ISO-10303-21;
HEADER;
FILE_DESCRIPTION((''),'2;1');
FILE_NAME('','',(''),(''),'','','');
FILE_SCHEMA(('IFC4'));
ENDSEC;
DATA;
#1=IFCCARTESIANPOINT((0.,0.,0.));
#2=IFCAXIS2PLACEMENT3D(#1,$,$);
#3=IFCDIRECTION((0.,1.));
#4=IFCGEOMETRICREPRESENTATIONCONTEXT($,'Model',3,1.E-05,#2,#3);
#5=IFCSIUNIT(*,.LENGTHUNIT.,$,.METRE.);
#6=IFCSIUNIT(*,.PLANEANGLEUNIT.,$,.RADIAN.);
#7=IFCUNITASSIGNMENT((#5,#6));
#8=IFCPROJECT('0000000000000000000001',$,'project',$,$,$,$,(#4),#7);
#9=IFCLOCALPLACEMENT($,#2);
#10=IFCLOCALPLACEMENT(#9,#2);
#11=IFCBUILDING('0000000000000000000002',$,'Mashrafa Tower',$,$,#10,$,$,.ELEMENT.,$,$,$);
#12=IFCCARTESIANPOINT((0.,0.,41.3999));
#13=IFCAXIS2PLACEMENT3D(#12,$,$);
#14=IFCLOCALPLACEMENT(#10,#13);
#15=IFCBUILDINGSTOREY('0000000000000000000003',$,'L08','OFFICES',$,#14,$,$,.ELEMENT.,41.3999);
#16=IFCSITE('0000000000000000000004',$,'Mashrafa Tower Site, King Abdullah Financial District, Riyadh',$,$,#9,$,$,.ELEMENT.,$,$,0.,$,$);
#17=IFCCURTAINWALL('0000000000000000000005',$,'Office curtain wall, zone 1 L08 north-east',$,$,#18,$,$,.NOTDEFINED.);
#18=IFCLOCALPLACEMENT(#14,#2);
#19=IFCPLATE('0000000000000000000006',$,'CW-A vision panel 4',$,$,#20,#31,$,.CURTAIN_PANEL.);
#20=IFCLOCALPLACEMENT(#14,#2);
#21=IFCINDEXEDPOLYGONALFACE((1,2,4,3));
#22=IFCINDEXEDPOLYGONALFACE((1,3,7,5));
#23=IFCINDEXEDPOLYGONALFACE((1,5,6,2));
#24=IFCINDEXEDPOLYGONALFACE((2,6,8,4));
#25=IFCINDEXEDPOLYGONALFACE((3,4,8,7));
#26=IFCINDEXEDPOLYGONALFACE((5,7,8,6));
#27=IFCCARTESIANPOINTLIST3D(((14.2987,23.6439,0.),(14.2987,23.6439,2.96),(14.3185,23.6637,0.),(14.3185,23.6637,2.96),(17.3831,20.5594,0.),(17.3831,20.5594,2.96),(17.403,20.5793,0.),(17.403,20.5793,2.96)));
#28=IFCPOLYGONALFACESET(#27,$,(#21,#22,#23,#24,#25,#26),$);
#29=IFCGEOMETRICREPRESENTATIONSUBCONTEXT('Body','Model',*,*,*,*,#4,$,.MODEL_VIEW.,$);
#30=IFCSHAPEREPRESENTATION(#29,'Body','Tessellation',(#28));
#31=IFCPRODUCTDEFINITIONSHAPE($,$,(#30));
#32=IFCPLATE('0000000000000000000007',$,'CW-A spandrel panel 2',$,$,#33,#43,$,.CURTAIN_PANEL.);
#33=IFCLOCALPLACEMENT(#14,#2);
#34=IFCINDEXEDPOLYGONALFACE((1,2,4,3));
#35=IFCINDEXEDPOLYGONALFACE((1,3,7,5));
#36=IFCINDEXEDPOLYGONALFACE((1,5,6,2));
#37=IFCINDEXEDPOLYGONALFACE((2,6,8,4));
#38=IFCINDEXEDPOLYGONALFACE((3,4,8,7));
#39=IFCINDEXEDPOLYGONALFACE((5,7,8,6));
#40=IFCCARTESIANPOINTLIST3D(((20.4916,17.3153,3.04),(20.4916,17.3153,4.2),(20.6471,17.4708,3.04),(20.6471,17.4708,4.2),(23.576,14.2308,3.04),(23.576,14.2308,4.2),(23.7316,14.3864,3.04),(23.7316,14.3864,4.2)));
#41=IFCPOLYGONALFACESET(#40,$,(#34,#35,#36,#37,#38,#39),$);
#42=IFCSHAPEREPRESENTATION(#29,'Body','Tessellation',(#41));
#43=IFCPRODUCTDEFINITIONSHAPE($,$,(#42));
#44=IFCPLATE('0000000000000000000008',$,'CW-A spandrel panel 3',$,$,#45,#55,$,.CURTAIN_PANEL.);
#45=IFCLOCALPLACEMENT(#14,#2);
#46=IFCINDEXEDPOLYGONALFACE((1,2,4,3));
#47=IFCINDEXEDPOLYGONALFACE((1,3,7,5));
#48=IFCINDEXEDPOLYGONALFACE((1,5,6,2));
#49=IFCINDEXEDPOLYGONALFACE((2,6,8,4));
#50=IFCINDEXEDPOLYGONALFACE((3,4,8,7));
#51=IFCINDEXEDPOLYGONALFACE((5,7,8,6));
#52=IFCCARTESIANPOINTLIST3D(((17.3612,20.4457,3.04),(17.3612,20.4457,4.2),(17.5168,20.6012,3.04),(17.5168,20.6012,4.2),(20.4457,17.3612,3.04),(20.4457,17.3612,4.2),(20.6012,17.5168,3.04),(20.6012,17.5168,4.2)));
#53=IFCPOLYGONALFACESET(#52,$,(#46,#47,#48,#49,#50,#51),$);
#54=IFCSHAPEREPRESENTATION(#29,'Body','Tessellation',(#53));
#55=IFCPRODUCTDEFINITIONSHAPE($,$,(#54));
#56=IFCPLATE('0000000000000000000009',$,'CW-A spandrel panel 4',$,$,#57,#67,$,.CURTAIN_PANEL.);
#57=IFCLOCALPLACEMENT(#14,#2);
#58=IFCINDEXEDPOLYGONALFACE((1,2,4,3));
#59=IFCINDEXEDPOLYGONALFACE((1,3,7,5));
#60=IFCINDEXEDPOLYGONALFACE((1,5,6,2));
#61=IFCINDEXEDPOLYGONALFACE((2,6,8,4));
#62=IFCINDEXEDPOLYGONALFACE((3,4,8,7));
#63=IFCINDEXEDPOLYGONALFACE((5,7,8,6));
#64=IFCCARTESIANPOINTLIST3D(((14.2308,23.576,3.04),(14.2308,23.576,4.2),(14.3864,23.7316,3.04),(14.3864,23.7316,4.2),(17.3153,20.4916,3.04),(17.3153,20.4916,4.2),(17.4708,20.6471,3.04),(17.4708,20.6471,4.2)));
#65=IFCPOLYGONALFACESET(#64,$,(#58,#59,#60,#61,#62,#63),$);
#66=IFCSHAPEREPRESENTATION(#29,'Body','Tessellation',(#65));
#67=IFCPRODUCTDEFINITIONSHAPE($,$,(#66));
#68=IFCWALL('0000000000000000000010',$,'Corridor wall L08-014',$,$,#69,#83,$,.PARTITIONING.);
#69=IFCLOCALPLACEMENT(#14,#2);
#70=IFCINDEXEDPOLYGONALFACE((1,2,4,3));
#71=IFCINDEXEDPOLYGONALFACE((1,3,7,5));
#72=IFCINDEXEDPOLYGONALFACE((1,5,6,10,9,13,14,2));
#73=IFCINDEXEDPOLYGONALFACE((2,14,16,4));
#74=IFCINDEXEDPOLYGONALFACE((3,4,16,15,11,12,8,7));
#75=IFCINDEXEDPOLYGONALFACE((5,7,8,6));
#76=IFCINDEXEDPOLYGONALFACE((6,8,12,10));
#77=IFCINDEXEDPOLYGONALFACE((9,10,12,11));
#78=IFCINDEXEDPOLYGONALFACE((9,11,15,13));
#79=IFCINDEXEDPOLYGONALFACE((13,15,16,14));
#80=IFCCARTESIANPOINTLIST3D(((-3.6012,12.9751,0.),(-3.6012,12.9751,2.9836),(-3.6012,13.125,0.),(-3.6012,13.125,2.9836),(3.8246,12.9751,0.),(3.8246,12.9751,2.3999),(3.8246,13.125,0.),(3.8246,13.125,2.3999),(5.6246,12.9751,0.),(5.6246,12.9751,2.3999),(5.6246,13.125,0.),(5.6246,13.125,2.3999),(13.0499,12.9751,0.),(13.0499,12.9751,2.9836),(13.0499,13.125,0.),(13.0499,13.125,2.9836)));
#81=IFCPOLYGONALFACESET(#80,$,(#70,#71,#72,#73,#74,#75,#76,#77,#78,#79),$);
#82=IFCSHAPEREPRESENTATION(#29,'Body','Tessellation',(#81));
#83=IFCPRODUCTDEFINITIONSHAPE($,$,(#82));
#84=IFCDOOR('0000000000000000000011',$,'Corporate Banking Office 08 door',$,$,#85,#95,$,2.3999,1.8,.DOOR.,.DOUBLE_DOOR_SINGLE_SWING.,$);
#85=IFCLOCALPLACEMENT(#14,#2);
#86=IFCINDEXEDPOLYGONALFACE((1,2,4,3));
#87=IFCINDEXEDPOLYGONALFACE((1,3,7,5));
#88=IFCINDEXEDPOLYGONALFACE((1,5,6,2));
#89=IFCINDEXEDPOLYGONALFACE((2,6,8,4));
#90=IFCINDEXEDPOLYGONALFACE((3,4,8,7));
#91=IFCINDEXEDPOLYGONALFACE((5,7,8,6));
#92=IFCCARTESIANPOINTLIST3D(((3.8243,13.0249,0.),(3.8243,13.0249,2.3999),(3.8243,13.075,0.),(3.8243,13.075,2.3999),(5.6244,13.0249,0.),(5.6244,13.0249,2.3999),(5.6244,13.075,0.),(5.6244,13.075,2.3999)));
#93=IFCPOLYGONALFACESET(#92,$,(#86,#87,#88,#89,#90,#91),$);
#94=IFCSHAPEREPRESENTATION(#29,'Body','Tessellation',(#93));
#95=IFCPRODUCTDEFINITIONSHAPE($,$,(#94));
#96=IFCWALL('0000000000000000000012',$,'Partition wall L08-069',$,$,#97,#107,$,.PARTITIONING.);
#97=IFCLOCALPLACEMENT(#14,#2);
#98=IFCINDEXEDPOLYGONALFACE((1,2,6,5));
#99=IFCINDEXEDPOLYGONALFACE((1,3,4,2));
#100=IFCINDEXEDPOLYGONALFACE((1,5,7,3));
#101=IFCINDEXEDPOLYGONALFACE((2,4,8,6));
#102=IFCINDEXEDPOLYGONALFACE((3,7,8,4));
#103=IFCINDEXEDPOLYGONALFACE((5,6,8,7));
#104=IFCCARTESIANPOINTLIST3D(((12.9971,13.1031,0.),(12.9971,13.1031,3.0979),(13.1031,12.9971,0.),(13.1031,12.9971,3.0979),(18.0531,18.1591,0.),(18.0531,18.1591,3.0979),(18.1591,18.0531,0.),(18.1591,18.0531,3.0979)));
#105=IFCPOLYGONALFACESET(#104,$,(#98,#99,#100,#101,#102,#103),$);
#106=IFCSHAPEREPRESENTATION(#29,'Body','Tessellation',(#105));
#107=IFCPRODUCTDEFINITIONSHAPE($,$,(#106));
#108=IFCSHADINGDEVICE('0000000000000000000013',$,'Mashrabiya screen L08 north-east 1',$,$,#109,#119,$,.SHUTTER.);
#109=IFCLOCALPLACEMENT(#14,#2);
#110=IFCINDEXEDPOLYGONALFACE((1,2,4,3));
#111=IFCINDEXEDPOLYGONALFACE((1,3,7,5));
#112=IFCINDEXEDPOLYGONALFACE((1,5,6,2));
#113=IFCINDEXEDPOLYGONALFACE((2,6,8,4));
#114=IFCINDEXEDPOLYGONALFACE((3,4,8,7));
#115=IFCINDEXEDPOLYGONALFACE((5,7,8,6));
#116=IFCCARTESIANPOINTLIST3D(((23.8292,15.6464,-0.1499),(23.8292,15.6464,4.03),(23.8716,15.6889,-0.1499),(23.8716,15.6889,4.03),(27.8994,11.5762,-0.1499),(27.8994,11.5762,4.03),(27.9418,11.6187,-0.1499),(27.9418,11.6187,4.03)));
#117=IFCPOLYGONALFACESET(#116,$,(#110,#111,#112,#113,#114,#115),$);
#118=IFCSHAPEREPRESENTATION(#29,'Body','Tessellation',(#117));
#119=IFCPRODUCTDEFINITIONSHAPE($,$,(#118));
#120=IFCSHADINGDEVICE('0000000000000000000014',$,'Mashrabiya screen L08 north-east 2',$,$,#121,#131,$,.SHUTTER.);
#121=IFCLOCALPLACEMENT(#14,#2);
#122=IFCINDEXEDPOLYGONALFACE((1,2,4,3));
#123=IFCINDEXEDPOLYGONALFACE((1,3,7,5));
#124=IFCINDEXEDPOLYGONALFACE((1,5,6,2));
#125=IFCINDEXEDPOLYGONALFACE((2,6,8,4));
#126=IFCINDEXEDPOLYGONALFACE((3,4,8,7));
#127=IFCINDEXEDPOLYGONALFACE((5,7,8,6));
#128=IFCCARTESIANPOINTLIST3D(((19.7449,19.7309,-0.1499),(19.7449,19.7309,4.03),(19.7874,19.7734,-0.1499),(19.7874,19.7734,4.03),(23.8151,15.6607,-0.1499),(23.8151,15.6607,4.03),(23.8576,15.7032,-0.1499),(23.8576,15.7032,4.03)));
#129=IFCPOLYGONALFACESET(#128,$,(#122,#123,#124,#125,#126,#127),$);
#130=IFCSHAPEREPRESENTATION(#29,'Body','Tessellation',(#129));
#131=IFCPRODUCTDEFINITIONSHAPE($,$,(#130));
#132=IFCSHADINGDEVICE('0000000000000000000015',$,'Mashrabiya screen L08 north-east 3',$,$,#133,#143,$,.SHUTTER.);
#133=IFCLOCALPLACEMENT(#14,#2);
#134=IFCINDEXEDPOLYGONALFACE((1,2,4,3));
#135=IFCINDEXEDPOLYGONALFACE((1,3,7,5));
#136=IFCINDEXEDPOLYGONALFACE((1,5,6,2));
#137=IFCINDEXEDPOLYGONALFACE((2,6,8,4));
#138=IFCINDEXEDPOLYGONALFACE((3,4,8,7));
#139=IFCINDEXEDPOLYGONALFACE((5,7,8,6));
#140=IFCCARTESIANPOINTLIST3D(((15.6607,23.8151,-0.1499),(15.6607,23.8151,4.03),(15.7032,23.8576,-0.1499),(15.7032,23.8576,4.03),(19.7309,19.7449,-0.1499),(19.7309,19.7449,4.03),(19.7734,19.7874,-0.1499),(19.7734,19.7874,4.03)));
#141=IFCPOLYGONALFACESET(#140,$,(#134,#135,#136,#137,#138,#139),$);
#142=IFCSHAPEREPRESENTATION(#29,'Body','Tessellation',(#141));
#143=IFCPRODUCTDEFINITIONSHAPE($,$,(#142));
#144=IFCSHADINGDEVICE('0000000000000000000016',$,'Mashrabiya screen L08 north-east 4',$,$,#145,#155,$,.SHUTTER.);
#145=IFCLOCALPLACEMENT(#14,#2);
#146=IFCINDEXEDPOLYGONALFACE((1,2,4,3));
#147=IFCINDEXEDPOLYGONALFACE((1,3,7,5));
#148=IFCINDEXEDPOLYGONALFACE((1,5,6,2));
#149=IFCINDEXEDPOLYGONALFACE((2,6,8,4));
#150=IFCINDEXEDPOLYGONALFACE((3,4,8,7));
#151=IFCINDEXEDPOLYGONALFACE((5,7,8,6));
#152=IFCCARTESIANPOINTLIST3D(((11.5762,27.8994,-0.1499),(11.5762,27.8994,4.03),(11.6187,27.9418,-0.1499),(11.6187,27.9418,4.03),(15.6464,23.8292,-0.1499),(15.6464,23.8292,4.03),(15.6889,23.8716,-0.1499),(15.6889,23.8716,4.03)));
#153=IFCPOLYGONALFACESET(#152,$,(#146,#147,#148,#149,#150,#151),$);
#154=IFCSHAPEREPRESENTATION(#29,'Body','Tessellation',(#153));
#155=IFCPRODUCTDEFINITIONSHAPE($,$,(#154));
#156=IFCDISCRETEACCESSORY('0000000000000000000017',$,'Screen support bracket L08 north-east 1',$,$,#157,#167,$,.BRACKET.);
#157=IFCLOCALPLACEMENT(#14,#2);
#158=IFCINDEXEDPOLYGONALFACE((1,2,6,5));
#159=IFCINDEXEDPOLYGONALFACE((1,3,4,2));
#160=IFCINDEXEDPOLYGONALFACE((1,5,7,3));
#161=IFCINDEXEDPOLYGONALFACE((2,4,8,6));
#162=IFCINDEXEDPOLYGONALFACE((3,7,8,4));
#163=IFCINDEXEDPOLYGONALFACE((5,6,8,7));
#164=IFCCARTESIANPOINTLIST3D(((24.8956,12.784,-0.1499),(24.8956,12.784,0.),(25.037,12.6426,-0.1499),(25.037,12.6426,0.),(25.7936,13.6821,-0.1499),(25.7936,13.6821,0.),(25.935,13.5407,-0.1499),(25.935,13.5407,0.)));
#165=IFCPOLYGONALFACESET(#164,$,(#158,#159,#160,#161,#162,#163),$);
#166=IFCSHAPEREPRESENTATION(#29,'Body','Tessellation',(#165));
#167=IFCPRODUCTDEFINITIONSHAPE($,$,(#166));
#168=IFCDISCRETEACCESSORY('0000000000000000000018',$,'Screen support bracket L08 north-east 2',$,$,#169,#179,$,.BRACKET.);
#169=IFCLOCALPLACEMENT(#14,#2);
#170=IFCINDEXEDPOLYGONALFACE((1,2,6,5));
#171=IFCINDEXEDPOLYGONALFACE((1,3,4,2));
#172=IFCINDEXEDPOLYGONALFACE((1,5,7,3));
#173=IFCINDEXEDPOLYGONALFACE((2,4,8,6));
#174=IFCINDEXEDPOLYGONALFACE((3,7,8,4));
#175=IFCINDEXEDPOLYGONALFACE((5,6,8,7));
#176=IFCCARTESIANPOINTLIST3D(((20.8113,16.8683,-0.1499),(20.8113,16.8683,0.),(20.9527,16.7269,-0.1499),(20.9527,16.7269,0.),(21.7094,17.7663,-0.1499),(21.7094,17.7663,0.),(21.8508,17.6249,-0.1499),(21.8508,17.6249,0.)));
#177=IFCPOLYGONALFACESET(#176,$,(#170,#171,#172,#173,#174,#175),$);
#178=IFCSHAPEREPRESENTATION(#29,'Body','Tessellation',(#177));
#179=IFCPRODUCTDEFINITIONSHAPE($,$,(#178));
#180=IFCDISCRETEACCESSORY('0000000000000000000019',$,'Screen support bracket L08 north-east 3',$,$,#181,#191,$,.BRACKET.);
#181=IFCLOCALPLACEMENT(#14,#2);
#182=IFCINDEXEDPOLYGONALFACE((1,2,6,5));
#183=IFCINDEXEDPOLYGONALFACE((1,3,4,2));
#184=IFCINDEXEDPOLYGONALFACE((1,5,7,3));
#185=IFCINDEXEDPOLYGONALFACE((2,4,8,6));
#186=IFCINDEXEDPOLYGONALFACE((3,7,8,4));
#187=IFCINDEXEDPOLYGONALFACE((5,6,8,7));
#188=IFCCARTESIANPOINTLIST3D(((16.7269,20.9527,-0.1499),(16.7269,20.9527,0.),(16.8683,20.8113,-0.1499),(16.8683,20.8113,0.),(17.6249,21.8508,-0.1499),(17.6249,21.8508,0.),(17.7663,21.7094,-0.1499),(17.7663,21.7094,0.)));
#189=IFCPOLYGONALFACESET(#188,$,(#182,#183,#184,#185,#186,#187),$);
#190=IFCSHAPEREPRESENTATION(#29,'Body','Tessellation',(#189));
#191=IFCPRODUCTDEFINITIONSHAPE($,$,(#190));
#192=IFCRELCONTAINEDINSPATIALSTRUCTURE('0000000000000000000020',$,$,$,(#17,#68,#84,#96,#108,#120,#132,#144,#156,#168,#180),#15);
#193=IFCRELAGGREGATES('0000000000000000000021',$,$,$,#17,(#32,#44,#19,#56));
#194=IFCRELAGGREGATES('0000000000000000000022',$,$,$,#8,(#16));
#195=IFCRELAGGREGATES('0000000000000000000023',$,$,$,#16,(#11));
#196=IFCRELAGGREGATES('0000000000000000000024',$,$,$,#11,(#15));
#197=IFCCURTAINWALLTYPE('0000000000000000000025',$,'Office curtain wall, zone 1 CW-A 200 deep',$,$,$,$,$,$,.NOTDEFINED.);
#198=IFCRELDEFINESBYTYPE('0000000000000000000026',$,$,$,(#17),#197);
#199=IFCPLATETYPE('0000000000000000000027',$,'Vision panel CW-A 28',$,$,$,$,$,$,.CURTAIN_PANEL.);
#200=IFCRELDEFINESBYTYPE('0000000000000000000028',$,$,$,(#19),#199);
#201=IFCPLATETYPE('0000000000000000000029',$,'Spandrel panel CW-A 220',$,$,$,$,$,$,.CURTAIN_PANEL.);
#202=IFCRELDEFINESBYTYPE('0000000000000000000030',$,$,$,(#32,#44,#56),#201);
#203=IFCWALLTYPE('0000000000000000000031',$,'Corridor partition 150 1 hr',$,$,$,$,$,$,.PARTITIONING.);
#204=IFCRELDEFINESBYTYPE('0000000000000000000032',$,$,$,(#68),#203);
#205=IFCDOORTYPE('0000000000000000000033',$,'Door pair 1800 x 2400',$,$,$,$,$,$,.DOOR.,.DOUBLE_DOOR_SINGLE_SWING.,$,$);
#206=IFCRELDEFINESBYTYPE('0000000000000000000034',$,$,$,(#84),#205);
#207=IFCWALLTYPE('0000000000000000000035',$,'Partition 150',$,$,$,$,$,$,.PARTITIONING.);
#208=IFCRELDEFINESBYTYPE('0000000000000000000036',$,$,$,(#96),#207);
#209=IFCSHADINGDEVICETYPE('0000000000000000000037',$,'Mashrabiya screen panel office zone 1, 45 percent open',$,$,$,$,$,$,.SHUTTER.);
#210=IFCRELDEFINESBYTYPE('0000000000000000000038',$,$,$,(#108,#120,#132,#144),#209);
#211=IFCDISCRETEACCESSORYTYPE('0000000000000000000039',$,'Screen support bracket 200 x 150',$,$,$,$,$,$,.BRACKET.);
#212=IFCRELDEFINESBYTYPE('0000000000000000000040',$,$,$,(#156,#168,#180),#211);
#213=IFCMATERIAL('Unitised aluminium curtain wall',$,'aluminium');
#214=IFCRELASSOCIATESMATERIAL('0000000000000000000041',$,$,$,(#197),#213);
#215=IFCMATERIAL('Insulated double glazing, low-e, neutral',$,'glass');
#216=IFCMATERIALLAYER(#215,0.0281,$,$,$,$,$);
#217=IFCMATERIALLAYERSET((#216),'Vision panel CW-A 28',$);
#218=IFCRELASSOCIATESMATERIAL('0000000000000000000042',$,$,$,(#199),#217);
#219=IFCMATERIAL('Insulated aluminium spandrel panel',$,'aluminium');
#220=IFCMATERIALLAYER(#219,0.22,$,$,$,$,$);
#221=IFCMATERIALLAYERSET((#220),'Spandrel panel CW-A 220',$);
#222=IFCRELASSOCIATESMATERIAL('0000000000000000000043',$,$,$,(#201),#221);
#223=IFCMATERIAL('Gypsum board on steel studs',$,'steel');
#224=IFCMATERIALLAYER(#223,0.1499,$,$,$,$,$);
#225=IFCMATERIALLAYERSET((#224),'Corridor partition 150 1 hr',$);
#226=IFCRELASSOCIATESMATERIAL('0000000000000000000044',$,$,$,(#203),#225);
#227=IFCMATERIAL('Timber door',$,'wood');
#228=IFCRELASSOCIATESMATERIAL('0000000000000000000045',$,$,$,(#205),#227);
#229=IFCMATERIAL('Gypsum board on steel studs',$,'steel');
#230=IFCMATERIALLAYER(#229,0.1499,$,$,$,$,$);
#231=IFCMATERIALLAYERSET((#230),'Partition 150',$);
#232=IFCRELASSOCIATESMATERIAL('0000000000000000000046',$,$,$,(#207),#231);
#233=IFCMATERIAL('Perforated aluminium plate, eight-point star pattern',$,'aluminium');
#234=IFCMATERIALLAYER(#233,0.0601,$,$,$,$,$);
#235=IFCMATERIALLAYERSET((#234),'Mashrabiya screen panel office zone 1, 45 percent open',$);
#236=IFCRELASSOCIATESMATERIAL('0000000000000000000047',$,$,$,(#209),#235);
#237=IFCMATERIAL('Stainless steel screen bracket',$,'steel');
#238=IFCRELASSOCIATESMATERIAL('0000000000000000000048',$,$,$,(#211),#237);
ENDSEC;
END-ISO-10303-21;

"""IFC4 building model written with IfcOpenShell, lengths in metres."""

from ifc_helpers import new_model, si_unit, direction, frame, frame_2d, origin, origin_2d, place, context, subcontext, project, spatial, rectangle, extrude, source, transform, mapped, material, layer, layer_set, type_object, type_shapes, element, fill, aggregate, save


model = new_model("IFC4")

# Units and contexts
model_context = context("Model", 3, precision=1e-05, world=origin(), true_north=direction((0.0, 1.0)))
body_context = subcontext(model_context, "Body", "Model", "MODEL_VIEW")
ifc_project = project(units=[si_unit("LENGTHUNIT", "METRE"), si_unit("PLANEANGLEUNIT", "RADIAN")], contexts=[model_context])

# Site, building, storey
site_placement = place(None, origin())
site = spatial("IfcSite", under=ifc_project, at=site_placement, Name="Mashrafa Tower Site, King Abdullah Financial District, Riyadh", CompositionType="ELEMENT", RefElevation=0.0)
building_placement = place(site_placement, origin())
building = spatial("IfcBuilding", under=site, at=building_placement, Name="Mashrafa Tower", CompositionType="ELEMENT")
storey_placement = place(building_placement, frame((0.0, 0.0, 41.3999)))
storey = spatial("IfcBuildingStorey", under=building, at=storey_placement, Name="L08", Description="OFFICES", CompositionType="ELEMENT", Elevation=41.3999)

# Curtain wall, plates
ifc_material_1 = material(Name="Unitised aluminium curtain wall", Category="aluminium")
curtain_wall_type = type_object("IfcCurtainWallType", Name="Office curtain wall, zone 1 CW-A 200 deep", PredefinedType="NOTDEFINED", material=ifc_material_1)
curtain_wall_placement = place(storey_placement, origin())
curtain_wall = element("IfcCurtainWall", 1, at=curtain_wall_placement, inside=storey, type_object=curtain_wall_type, Name="Office curtain wall, zone 1 L08 north-east", PredefinedType="NOTDEFINED")
ifc_material_2 = material(Name="Insulated double glazing, low-e, neutral", Category="glass")
ifc_layer_1 = layer(ifc_material_2, 0.0281)
ifc_layer_set_1 = layer_set([ifc_layer_1], Name="Vision panel CW-A 28")
plate_type_1 = type_object("IfcPlateType", Name="Vision panel CW-A 28", PredefinedType="CURTAIN_PANEL", material=ifc_layer_set_1)
ifc_material_3 = material(Name="Insulated aluminium spandrel panel", Category="aluminium")
ifc_layer_2 = layer(ifc_material_3, 0.22)
ifc_layer_set_2 = layer_set([ifc_layer_2], Name="Spandrel panel CW-A 220")
plate_type_2 = type_object("IfcPlateType", Name="Spandrel panel CW-A 220", PredefinedType="CURTAIN_PANEL", material=ifc_layer_set_2)
shared_shape_1 = source(origin(), body_context, "Body", "SweptSolid", [
    extrude(rectangle(XDim=4.3621, YDim=0.0281, at=origin_2d()), origin(), (0.0, 0.0, 1.0), 2.96),
])
plate_1_placement = place(storey_placement, frame((15.8508, 22.1116, 0.0), z_axis=(0.0, 0.0, 1.0), x_axis=(-0.707107, 0.707107, 0.0)))
plate_1 = element("IfcPlate", 2, at=plate_1_placement, type_object=plate_type_1, Name="CW-A vision panel 4", PredefinedType="CURTAIN_PANEL", context=body_context, shape_type="MappedRepresentation", body=[
    mapped(shared_shape_1, transform((0.0, 0.0, 0.0))),
])
shared_shape_2 = source(origin(), body_context, "Body", "SweptSolid", [
    extrude(rectangle(XDim=4.3621, YDim=0.22, at=origin_2d()), origin(), (0.0, 0.0, 1.0), 1.1599),
])
plate_2_placement = place(storey_placement, frame((22.1116, 15.8508, 3.04), z_axis=(0.0, 0.0, 1.0), x_axis=(-0.707107, 0.707107, 0.0)))
plate_2 = element("IfcPlate", 3, at=plate_2_placement, type_object=plate_type_2, Name="CW-A spandrel panel 2", PredefinedType="CURTAIN_PANEL", context=body_context, shape_type="MappedRepresentation", body=[
    mapped(shared_shape_2, transform((0.0, 0.0, 0.0))),
])
plate_3_placement = place(storey_placement, frame((18.9812, 18.9812, 3.04), z_axis=(0.0, 0.0, 1.0), x_axis=(-0.707107, 0.707107, 0.0)))
plate_3 = element("IfcPlate", 4, at=plate_3_placement, type_object=plate_type_2, Name="CW-A spandrel panel 3", PredefinedType="CURTAIN_PANEL", context=body_context, shape_type="MappedRepresentation", body=[
    mapped(shared_shape_2, transform((0.0, 0.0, 0.0))),
])
plate_4_placement = place(storey_placement, frame((15.8508, 22.1116, 3.04), z_axis=(0.0, 0.0, 1.0), x_axis=(-0.707107, 0.707107, 0.0)))
plate_4 = element("IfcPlate", 5, at=plate_4_placement, type_object=plate_type_2, Name="CW-A spandrel panel 4", PredefinedType="CURTAIN_PANEL", context=body_context, shape_type="MappedRepresentation", body=[
    mapped(shared_shape_2, transform((0.0, 0.0, 0.0))),
])
aggregate(curtain_wall, [plate_2, plate_3, plate_1, plate_4])

# Wall, opening, door
ifc_material_4 = material(Name="Gypsum board on steel studs", Category="steel")
ifc_layer_3 = layer(ifc_material_4, 0.1499)
ifc_layer_set_3 = layer_set([ifc_layer_3], Name="Corridor partition 150 1 hr")
wall_type_1 = type_object("IfcWallType", Name="Corridor partition 150 1 hr", PredefinedType="PARTITIONING", material=ifc_layer_set_3)
wall_1_placement = place(storey_placement, frame((13.05, 13.05, 0.0), z_axis=(0.0, 0.0, 1.0), x_axis=(-1.0, 0.0, 0.0)))
wall_1 = element("IfcWall", 6, at=wall_1_placement, inside=storey, type_object=wall_type_1, Name="Corridor wall L08-014", PredefinedType="PARTITIONING", context=body_context, shape_type="SweptSolid", body=[
    extrude(rectangle(XDim=16.6511, YDim=0.1499, at=frame_2d((8.3257, 0.0))), origin(), (0.0, 0.0, 1.0), 2.9836),
])
opening_placement = place(wall_1_placement, frame((7.4255, 0.0, 0.0)))
opening = element("IfcOpeningElement", 7, at=opening_placement, cuts=wall_1, PredefinedType="OPENING", context=body_context, shape_type="SweptSolid", body=[
    extrude(rectangle(XDim=1.8, YDim=2.3999, at=frame_2d((0.8999, 1.2))), frame((0.0, 0.085, 0.0), z_axis=(0.0, -1.0, 0.0), x_axis=(1.0, 0.0, 0.0)), (0.0, 0.0, 1.0), 0.1699),
])
ifc_material_5 = material(Name="Timber door", Category="wood")
door_type = type_object("IfcDoorType", Name="Door pair 1800 x 2400", OperationType="DOUBLE_DOOR_SINGLE_SWING", PredefinedType="DOOR", material=ifc_material_5)
door_placement = place(opening_placement, frame((1.8, 0.0, 0.0), z_axis=(0.0, 0.0, 1.0), x_axis=(-1.0, 0.0, 0.0)))
door = element("IfcDoor", 8, at=door_placement, inside=storey, type_object=door_type, Name="Corporate Banking Office 08 door", OperationType="DOUBLE_DOOR_SINGLE_SWING", OverallHeight=2.3999, OverallWidth=1.8, PredefinedType="DOOR", context=body_context, shape_type="SweptSolid", body=[
    extrude(rectangle(XDim=1.8, YDim=2.3999, at=frame_2d((0.8999, 1.2))), frame((0.0, 0.0249, 0.0), z_axis=(0.0, -1.0, 0.0), x_axis=(1.0, 0.0, 0.0)), (0.0, 0.0, 1.0), 0.05),
])
fill(opening, door)

# Wall
ifc_material_6 = material(Name="Gypsum board on steel studs", Category="steel")
ifc_layer_4 = layer(ifc_material_6, 0.1499)
ifc_layer_set_4 = layer_set([ifc_layer_4], Name="Partition 150")
wall_type_2 = type_object("IfcWallType", Name="Partition 150", PredefinedType="PARTITIONING", material=ifc_layer_set_4)
wall_2_placement = place(storey_placement, frame((13.05, 13.05, 0.0), z_axis=(0.0, 0.0, 1.0), x_axis=(0.707107, 0.707107, 0.0)))
element("IfcWall", 9, at=wall_2_placement, inside=storey, type_object=wall_type_2, Name="Partition wall L08-069", PredefinedType="PARTITIONING", context=body_context, shape_type="SweptSolid", body=[
    extrude(rectangle(XDim=7.1501, YDim=0.1499, at=frame_2d((3.5752, 0.0))), origin(), (0.0, 0.0, 1.0), 3.0979),
])

# Shading devices
ifc_material_7 = material(Name="Perforated aluminium plate, eight-point star pattern", Category="aluminium")
ifc_layer_5 = layer(ifc_material_7, 0.0601)
ifc_layer_set_5 = layer_set([ifc_layer_5], Name="Mashrabiya screen panel office zone 1, 45 percent open")
shading_device_type = type_object("IfcShadingDeviceType", Name="Mashrabiya screen panel office zone 1, 45 percent open", PredefinedType="SHUTTER", material=ifc_layer_set_5)
shared_shape_3 = source(origin(), body_context, "Body", "SweptSolid", [
    extrude(rectangle(XDim=5.7561, YDim=0.0601, at=origin_2d()), origin(), (0.0, 0.0, 1.0), 4.1799),
])
type_shapes(shading_device_type, [shared_shape_3])
for number, where, z_axis, x_axis, name in (
    (10, (25.8855, 13.6326, -0.1499), (0.0, 0.0, 1.0), (-0.707107, 0.707107, 0.0), "Mashrabiya screen L08 north-east 1"),
    (11, (21.8013, 17.717, -0.1499), (0.0, 0.0, 1.0), (-0.707107, 0.707107, 0.0), "Mashrabiya screen L08 north-east 2"),
    (12, (17.717, 21.8013, -0.1499), (0.0, 0.0, 1.0), (-0.707107, 0.707107, 0.0), "Mashrabiya screen L08 north-east 3"),
    (13, (13.6326, 25.8855, -0.1499), (0.0, 0.0, 1.0), (-0.707107, 0.707107, 0.0), "Mashrabiya screen L08 north-east 4"),
):
    element("IfcShadingDevice", number, at=place(storey_placement, frame(where, z_axis=z_axis, x_axis=x_axis)), inside=storey, type_object=shading_device_type, Name=name, PredefinedType="SHUTTER", context=body_context, shape_type="MappedRepresentation", body=[
        mapped(shared_shape_3, transform((0.0, 0.0, 0.0))),
    ])

# Discrete accessories
ifc_material_8 = material(Name="Stainless steel screen bracket", Category="steel")
discrete_accessory_type = type_object("IfcDiscreteAccessoryType", Name="Screen support bracket 200 x 150", PredefinedType="BRACKET", material=ifc_material_8)
shared_shape_4 = source(origin(), body_context, "Body", "SweptSolid", [
    extrude(rectangle(XDim=0.2, YDim=1.27, at=origin_2d()), origin(), (0.0, 0.0, 1.0), 0.1499),
])
type_shapes(discrete_accessory_type, [shared_shape_4])
for number, where, z_axis, x_axis, name in (
    (14, (25.4153, 13.1624, -0.1499), (0.0, 0.0, 1.0), (-0.707107, 0.707107, 0.0), "Screen support bracket L08 north-east 1"),
    (15, (21.3311, 17.2466, -0.1499), (0.0, 0.0, 1.0), (-0.707107, 0.707107, 0.0), "Screen support bracket L08 north-east 2"),
    (16, (17.2466, 21.3311, -0.1499), (0.0, 0.0, 1.0), (-0.707107, 0.707107, 0.0), "Screen support bracket L08 north-east 3"),
):
    element("IfcDiscreteAccessory", number, at=place(storey_placement, frame(where, z_axis=z_axis, x_axis=x_axis)), inside=storey, type_object=discrete_accessory_type, Name=name, PredefinedType="BRACKET", context=body_context, shape_type="MappedRepresentation", body=[
        mapped(shared_shape_4, transform((0.0, 0.0, 0.0))),
    ])

save(model, "model.ifc")
